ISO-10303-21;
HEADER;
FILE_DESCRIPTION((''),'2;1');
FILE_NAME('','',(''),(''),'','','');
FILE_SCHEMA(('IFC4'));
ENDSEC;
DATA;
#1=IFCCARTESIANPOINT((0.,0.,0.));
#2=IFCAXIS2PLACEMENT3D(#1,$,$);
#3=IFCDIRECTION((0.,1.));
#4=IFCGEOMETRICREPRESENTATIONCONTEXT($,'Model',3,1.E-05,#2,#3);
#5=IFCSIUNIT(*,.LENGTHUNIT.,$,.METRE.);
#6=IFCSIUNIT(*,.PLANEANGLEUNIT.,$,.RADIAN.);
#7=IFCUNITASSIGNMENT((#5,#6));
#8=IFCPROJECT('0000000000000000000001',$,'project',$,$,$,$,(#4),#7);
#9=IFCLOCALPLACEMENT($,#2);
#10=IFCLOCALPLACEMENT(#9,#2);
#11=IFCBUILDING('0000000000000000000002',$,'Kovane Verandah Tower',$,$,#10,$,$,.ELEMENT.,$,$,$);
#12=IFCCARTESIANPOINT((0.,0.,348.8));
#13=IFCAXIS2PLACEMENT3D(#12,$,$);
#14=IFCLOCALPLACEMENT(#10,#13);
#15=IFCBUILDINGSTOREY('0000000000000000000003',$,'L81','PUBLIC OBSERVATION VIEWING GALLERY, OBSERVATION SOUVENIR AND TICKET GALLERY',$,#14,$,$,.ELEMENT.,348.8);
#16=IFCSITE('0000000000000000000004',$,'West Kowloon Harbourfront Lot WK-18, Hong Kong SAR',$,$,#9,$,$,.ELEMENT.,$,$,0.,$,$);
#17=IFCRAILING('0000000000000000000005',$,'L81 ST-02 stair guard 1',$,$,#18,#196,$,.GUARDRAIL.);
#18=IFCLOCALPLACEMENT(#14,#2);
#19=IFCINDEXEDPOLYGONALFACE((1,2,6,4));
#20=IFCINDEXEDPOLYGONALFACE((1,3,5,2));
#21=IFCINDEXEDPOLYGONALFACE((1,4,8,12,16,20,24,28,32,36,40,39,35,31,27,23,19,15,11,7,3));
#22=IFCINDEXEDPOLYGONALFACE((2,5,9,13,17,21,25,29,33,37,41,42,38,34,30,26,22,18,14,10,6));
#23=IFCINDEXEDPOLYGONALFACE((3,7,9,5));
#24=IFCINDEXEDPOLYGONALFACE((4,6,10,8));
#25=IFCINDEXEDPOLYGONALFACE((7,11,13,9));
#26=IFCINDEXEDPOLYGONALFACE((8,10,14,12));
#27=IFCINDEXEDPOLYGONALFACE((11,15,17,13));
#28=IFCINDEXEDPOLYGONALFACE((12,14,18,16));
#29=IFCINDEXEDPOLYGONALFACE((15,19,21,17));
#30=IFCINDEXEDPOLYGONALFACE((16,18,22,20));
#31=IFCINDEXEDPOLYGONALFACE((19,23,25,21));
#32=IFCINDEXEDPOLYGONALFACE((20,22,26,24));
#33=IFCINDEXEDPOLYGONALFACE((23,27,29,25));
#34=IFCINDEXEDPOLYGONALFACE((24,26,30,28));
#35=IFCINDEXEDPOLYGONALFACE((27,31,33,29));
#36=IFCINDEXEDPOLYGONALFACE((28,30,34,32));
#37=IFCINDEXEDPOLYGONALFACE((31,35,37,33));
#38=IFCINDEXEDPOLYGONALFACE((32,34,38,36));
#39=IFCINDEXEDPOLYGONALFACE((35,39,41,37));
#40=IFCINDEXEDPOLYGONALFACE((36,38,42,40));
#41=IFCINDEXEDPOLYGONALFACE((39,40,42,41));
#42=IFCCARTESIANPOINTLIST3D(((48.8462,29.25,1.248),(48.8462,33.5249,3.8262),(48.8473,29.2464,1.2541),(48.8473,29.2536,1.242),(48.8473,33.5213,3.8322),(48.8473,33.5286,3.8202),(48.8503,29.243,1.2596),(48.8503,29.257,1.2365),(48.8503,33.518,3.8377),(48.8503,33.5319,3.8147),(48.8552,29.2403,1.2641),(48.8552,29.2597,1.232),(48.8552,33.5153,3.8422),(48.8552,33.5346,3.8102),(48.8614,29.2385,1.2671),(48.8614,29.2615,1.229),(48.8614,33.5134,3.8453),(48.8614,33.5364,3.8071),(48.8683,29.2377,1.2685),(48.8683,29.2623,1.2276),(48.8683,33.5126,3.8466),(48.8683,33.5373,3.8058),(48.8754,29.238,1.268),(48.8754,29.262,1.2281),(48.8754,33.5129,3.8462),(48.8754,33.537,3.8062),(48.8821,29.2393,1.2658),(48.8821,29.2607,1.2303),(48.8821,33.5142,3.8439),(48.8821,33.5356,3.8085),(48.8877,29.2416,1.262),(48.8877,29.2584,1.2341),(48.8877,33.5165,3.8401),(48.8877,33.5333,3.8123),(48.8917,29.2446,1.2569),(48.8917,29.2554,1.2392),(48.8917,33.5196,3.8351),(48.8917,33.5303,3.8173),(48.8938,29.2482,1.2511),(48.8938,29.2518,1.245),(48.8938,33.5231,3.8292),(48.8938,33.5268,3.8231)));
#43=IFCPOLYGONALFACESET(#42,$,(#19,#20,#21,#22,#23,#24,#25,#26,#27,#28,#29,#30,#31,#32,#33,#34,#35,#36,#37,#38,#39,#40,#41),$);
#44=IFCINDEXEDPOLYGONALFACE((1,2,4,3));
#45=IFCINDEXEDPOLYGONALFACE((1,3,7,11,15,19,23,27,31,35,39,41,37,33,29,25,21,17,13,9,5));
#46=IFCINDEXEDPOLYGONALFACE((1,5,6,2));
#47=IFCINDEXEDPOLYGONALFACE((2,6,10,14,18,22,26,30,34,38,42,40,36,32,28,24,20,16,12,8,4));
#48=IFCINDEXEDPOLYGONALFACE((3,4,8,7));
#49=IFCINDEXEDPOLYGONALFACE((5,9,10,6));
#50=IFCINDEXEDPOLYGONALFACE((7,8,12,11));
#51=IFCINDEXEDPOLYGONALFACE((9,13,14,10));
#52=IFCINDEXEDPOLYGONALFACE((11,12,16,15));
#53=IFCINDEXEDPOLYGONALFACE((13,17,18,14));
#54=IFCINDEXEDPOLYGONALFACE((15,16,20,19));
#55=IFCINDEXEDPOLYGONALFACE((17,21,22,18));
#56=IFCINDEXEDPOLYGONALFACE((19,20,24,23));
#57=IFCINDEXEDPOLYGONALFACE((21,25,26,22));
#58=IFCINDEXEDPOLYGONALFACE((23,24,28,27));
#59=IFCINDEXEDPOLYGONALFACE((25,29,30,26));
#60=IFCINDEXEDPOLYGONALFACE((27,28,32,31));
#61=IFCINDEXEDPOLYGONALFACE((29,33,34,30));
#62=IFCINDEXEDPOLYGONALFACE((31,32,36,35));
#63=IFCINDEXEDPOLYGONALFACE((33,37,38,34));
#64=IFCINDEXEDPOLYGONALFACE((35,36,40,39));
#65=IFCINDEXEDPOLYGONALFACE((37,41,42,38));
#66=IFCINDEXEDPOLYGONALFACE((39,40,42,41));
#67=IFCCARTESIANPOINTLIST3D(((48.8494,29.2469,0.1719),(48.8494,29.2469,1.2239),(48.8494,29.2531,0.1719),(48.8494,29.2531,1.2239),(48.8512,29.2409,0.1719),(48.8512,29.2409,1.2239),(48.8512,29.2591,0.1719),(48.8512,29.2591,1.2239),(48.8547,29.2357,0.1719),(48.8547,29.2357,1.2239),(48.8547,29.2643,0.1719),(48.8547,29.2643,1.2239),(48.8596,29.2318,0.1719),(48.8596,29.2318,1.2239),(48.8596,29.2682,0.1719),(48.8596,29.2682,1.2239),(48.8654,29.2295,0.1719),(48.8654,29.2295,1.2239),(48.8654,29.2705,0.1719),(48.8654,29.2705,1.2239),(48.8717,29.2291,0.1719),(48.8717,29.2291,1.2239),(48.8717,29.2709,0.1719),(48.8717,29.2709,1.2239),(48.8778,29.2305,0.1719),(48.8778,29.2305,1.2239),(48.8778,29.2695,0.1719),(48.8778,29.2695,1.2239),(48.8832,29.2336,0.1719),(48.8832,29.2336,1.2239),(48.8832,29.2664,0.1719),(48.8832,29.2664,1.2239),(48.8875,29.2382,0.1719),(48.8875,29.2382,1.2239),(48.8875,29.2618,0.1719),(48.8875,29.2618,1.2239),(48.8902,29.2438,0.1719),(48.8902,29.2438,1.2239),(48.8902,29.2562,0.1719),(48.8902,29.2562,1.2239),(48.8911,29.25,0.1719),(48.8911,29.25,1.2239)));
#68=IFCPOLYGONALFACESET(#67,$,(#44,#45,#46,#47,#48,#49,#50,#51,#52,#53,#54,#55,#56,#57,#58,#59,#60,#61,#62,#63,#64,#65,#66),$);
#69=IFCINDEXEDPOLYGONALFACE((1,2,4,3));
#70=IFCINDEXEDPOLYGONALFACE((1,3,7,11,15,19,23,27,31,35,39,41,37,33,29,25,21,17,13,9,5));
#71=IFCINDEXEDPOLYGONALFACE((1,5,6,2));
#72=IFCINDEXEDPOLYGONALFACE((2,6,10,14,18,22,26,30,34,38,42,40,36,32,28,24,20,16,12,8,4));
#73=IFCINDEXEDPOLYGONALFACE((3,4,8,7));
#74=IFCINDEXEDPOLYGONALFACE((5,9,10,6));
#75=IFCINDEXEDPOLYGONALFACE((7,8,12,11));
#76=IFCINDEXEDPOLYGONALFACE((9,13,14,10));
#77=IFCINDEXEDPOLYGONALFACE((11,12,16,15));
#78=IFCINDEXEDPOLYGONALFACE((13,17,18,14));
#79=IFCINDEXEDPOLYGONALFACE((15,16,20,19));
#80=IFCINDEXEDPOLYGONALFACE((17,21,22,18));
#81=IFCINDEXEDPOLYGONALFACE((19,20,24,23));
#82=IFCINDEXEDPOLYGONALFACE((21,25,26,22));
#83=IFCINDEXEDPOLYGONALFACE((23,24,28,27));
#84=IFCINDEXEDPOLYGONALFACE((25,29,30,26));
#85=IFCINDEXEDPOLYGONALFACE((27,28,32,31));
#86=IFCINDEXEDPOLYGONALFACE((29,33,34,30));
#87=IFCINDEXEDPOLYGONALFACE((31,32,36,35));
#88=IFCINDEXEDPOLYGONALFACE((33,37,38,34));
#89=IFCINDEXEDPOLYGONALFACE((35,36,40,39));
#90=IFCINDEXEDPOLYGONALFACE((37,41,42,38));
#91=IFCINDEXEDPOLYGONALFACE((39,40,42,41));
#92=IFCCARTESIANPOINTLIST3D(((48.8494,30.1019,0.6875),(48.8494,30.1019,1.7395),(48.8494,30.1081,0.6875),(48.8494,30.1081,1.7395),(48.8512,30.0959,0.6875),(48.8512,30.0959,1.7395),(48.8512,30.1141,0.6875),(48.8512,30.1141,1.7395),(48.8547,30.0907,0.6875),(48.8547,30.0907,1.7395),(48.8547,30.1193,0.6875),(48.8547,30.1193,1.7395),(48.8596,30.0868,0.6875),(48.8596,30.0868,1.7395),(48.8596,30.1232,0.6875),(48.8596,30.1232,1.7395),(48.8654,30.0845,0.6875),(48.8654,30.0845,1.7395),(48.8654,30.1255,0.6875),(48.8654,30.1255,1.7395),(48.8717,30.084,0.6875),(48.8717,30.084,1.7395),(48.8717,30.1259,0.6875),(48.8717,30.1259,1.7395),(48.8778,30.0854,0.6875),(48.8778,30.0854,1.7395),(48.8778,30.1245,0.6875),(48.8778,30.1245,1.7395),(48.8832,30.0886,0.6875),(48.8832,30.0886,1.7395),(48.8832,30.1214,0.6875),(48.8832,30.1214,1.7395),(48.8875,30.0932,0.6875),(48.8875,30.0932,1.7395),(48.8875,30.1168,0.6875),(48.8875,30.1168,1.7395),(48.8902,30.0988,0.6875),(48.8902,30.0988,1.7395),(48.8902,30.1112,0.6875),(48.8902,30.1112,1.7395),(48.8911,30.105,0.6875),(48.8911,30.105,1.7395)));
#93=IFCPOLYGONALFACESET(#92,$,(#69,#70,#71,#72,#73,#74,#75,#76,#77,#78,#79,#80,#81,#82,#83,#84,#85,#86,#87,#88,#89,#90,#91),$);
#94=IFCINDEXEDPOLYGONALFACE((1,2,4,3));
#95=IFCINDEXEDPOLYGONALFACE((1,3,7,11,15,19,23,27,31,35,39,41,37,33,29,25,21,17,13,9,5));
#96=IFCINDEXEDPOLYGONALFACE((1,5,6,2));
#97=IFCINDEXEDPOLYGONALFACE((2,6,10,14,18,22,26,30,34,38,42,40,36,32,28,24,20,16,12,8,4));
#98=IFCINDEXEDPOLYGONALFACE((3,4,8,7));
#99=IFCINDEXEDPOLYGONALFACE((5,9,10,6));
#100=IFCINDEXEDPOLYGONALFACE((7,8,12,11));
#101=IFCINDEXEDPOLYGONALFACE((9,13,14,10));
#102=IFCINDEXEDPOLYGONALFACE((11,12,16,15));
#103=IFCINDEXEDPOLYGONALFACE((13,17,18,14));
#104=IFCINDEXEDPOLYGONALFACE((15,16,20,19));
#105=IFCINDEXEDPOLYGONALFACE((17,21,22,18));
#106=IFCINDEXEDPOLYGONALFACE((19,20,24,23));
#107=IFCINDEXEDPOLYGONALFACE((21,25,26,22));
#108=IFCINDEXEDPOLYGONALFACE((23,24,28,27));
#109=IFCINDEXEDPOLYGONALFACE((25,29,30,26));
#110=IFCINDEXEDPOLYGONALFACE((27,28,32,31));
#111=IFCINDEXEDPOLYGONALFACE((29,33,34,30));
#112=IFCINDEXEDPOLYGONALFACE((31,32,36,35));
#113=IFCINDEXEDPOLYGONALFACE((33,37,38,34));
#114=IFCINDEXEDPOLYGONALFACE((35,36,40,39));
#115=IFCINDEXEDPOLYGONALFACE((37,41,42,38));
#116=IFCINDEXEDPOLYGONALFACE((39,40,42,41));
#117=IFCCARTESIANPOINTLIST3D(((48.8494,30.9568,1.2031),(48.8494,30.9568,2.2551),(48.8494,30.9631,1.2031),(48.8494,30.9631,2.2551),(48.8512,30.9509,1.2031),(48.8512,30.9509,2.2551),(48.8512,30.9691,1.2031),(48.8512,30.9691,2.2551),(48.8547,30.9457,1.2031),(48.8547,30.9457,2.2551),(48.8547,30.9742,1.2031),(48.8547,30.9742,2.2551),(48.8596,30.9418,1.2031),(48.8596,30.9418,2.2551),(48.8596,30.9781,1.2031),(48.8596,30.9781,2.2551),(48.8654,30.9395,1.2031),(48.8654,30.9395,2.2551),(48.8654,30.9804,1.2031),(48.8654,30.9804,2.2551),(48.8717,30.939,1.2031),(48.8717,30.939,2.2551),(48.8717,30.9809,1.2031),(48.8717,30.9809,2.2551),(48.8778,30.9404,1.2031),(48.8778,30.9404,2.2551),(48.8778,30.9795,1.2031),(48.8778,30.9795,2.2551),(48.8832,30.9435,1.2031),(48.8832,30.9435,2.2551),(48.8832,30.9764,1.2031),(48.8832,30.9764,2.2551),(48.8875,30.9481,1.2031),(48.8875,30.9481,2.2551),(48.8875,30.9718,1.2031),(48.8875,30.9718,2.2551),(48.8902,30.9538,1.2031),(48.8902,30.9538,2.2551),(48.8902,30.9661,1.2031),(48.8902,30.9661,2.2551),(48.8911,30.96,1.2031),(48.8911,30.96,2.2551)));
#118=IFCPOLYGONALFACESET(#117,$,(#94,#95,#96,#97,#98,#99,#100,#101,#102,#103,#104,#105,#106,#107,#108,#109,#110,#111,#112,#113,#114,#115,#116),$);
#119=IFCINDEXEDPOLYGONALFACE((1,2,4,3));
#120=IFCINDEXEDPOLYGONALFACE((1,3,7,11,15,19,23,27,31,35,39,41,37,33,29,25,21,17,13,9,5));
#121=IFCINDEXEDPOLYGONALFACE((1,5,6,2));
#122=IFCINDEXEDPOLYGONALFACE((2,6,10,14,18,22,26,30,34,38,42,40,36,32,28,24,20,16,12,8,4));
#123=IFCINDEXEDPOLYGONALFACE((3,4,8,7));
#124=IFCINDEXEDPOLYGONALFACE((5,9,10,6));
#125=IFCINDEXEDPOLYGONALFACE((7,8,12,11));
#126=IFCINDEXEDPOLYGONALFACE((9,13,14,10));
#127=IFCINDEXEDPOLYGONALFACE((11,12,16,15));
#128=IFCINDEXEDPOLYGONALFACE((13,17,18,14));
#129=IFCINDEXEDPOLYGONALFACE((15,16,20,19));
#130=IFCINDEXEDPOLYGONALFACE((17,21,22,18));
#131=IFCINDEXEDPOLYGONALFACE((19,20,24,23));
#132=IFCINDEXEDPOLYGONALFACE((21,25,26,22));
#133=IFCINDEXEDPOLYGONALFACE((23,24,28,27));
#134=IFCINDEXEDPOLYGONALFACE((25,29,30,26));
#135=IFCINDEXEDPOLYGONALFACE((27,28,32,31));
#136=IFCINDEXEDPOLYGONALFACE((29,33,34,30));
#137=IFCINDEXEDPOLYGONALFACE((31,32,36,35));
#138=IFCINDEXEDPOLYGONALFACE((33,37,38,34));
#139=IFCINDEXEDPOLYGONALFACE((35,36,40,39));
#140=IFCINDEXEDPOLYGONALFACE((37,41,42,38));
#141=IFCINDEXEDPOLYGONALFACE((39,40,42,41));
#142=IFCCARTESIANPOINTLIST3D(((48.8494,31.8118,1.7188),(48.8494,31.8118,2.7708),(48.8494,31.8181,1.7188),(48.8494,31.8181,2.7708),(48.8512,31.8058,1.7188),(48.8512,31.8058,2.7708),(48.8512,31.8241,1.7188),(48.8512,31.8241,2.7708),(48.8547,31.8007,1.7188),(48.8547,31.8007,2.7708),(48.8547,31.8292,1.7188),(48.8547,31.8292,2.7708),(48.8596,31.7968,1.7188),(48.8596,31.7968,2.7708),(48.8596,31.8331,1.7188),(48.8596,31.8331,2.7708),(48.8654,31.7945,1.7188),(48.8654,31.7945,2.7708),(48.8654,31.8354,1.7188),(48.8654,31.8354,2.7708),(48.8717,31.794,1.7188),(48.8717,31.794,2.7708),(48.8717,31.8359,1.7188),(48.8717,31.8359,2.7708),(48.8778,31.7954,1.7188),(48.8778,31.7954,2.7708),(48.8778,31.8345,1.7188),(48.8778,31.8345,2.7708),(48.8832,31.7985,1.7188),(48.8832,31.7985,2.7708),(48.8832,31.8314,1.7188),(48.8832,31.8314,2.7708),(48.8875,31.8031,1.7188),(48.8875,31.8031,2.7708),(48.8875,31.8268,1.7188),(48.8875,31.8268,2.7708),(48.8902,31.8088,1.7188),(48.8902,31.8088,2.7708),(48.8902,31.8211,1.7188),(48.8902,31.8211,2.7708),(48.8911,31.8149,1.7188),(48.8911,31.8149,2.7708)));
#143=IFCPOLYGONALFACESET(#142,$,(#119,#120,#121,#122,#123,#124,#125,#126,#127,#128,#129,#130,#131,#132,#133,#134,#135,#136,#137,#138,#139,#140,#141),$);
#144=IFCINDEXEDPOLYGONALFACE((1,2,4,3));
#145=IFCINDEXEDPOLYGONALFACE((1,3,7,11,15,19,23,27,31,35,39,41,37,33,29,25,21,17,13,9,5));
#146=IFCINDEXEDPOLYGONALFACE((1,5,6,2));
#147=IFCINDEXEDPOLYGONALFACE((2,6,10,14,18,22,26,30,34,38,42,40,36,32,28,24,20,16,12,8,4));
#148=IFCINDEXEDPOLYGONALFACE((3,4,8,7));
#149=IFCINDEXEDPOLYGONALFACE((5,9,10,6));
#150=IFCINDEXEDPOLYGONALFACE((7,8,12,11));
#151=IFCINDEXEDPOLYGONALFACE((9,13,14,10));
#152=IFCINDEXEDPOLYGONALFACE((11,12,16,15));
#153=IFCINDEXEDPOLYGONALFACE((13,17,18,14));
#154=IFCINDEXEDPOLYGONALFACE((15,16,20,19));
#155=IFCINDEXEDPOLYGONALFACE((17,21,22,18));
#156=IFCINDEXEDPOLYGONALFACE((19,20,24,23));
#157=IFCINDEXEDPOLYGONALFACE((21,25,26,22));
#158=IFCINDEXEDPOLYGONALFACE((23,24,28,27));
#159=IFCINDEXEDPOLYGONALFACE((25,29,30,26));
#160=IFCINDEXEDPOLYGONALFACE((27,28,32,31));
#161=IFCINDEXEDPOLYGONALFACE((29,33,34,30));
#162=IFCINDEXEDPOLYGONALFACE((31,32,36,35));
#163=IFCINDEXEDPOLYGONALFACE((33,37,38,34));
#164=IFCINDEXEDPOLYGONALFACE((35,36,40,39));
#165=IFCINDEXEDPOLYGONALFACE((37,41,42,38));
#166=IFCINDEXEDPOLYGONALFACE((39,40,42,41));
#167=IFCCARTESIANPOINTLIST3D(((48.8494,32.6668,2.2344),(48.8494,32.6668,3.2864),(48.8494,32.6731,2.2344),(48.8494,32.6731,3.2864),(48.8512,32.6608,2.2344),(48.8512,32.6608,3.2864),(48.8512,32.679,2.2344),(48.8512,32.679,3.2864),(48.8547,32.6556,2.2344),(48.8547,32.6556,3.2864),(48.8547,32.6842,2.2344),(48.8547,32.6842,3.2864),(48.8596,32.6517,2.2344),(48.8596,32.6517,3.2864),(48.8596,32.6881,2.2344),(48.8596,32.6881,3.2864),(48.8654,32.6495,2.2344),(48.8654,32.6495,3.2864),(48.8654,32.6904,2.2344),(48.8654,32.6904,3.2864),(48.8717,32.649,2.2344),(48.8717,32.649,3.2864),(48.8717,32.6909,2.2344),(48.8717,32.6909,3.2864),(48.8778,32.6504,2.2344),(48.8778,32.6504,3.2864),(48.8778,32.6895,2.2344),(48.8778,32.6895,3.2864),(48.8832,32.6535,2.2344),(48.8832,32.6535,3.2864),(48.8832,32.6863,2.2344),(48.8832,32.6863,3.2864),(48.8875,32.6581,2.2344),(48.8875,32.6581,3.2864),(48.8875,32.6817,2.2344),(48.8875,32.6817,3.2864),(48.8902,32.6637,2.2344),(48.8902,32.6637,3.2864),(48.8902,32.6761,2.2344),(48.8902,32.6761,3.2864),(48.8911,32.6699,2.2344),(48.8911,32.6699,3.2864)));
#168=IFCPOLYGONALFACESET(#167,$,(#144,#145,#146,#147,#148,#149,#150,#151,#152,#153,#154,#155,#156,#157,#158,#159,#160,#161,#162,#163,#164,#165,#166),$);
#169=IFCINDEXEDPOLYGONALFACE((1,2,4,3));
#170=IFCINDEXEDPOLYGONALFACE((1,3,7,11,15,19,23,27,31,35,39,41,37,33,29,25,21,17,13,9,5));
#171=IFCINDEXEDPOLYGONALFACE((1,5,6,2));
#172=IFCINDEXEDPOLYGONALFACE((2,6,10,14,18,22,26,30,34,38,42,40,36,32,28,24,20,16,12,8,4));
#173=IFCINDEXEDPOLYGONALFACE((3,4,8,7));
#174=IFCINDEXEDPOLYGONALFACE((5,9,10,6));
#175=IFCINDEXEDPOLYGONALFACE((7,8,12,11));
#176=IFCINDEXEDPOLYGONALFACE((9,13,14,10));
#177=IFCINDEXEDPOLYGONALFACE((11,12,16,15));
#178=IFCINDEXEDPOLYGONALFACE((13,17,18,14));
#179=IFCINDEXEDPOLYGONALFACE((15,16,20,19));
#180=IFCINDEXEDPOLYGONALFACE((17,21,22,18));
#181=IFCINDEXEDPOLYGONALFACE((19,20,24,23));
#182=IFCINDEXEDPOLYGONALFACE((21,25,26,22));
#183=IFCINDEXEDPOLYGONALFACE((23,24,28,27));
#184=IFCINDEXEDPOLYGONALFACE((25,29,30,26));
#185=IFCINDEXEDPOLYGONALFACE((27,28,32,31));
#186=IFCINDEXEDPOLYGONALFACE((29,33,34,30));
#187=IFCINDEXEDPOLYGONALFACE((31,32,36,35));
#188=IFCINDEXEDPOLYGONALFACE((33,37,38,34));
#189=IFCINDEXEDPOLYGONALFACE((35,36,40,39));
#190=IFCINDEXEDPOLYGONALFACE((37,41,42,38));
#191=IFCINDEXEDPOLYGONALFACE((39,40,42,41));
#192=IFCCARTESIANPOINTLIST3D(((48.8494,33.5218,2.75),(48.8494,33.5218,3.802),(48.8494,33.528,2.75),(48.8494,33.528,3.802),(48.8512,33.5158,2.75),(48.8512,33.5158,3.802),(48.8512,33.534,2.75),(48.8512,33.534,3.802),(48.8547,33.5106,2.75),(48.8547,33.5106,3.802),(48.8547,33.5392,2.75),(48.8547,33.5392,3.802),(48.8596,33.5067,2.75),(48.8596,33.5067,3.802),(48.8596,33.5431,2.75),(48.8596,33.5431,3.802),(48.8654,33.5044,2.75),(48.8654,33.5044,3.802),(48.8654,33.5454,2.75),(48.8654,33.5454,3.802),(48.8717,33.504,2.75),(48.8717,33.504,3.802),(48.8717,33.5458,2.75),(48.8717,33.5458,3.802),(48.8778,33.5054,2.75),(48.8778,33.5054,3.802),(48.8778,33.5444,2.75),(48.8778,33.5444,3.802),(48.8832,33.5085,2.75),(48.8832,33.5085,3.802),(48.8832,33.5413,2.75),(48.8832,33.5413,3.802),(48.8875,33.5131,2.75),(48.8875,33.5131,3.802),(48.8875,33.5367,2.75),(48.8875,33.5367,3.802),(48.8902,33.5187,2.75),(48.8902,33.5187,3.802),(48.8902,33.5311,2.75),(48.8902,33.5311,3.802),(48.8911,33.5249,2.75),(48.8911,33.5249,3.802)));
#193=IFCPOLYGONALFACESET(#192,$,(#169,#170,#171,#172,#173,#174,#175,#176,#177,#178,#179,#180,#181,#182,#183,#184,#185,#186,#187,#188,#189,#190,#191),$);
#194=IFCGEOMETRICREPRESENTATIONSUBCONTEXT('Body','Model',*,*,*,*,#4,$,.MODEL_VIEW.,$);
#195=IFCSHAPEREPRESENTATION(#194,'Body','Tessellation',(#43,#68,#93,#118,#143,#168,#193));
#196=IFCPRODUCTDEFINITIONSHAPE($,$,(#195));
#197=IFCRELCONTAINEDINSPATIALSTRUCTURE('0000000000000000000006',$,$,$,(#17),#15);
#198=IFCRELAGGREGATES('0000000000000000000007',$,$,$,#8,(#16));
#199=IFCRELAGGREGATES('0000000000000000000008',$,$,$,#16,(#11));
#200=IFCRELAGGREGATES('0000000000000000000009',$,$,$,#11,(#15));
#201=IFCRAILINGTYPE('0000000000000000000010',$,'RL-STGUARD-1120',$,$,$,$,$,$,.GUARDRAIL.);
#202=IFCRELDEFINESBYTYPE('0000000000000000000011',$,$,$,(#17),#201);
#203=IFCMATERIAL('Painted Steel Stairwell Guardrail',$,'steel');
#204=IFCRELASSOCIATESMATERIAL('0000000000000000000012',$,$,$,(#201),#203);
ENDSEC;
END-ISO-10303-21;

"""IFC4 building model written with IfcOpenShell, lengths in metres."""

from ifc_helpers import new_model, si_unit, direction, frame, origin, origin_2d, place, context, subcontext, project, spatial, circle, extrude, material, type_object, element, save


model = new_model("IFC4")

# Units and contexts
model_context = context("Model", 3, precision=1e-05, world=origin(), true_north=direction((0.0, 1.0)))
body_context = subcontext(model_context, "Body", "Model", "MODEL_VIEW")
ifc_project = project(units=[si_unit("LENGTHUNIT", "METRE"), si_unit("PLANEANGLEUNIT", "RADIAN")], contexts=[model_context])

# Site, building, storey
site_placement = place(None, origin())
site = spatial("IfcSite", under=ifc_project, at=site_placement, Name="West Kowloon Harbourfront Lot WK-18, Hong Kong SAR", CompositionType="ELEMENT", RefElevation=0.0)
building_placement = place(site_placement, origin())
building = spatial("IfcBuilding", under=site, at=building_placement, Name="Kovane Verandah Tower", CompositionType="ELEMENT")
storey_placement = place(building_placement, frame((0.0, 0.0, 348.8)))
storey = spatial("IfcBuildingStorey", under=building, at=storey_placement, Name="L81", Description="PUBLIC OBSERVATION VIEWING GALLERY, OBSERVATION SOUVENIR AND TICKET GALLERY", CompositionType="ELEMENT", Elevation=348.8)

# Railing
ifc_material_1 = material(Name="Painted Steel Stairwell Guardrail", Category="steel")
railing_type_1 = type_object("IfcRailingType", Name="RL-STGUARD-1120", PredefinedType="GUARDRAIL", material=ifc_material_1)
railing_1_placement = place(storey_placement, frame((48.8701, 29.25, 0.1719)))
element("IfcRailing", 1, at=railing_1_placement, inside=storey, type_object=railing_type_1, Name="L81 ST-02 stair guard 1", PredefinedType="GUARDRAIL", context=body_context, shape_type="SweptSolid", body=[
    extrude(circle(Radius=0.0239, at=origin_2d()), frame((0.0, 0.0, 1.0762), z_axis=(0.0, 0.856326, 0.516436), x_axis=(-1.0, 0.0, 0.0)), (0.0, 0.0, 1.0), 4.9922),
    extrude(circle(Radius=0.021, at=origin_2d()), origin(), (0.0, 0.0, 1.0), 1.052),
    extrude(circle(Radius=0.021, at=origin_2d()), frame((0.0, 0.855, 0.5156)), (0.0, 0.0, 1.0), 1.052),
    extrude(circle(Radius=0.021, at=origin_2d()), frame((0.0, 1.71, 1.0312)), (0.0, 0.0, 1.0), 1.052),
    extrude(circle(Radius=0.021, at=origin_2d()), frame((0.0, 2.5649, 1.5469)), (0.0, 0.0, 1.0), 1.052),
    extrude(circle(Radius=0.021, at=origin_2d()), frame((0.0, 3.4199, 2.0625)), (0.0, 0.0, 1.0), 1.052),
    extrude(circle(Radius=0.021, at=origin_2d()), frame((0.0, 4.2749, 2.5781)), (0.0, 0.0, 1.0), 1.052),
])

save(model, "model.ifc")
